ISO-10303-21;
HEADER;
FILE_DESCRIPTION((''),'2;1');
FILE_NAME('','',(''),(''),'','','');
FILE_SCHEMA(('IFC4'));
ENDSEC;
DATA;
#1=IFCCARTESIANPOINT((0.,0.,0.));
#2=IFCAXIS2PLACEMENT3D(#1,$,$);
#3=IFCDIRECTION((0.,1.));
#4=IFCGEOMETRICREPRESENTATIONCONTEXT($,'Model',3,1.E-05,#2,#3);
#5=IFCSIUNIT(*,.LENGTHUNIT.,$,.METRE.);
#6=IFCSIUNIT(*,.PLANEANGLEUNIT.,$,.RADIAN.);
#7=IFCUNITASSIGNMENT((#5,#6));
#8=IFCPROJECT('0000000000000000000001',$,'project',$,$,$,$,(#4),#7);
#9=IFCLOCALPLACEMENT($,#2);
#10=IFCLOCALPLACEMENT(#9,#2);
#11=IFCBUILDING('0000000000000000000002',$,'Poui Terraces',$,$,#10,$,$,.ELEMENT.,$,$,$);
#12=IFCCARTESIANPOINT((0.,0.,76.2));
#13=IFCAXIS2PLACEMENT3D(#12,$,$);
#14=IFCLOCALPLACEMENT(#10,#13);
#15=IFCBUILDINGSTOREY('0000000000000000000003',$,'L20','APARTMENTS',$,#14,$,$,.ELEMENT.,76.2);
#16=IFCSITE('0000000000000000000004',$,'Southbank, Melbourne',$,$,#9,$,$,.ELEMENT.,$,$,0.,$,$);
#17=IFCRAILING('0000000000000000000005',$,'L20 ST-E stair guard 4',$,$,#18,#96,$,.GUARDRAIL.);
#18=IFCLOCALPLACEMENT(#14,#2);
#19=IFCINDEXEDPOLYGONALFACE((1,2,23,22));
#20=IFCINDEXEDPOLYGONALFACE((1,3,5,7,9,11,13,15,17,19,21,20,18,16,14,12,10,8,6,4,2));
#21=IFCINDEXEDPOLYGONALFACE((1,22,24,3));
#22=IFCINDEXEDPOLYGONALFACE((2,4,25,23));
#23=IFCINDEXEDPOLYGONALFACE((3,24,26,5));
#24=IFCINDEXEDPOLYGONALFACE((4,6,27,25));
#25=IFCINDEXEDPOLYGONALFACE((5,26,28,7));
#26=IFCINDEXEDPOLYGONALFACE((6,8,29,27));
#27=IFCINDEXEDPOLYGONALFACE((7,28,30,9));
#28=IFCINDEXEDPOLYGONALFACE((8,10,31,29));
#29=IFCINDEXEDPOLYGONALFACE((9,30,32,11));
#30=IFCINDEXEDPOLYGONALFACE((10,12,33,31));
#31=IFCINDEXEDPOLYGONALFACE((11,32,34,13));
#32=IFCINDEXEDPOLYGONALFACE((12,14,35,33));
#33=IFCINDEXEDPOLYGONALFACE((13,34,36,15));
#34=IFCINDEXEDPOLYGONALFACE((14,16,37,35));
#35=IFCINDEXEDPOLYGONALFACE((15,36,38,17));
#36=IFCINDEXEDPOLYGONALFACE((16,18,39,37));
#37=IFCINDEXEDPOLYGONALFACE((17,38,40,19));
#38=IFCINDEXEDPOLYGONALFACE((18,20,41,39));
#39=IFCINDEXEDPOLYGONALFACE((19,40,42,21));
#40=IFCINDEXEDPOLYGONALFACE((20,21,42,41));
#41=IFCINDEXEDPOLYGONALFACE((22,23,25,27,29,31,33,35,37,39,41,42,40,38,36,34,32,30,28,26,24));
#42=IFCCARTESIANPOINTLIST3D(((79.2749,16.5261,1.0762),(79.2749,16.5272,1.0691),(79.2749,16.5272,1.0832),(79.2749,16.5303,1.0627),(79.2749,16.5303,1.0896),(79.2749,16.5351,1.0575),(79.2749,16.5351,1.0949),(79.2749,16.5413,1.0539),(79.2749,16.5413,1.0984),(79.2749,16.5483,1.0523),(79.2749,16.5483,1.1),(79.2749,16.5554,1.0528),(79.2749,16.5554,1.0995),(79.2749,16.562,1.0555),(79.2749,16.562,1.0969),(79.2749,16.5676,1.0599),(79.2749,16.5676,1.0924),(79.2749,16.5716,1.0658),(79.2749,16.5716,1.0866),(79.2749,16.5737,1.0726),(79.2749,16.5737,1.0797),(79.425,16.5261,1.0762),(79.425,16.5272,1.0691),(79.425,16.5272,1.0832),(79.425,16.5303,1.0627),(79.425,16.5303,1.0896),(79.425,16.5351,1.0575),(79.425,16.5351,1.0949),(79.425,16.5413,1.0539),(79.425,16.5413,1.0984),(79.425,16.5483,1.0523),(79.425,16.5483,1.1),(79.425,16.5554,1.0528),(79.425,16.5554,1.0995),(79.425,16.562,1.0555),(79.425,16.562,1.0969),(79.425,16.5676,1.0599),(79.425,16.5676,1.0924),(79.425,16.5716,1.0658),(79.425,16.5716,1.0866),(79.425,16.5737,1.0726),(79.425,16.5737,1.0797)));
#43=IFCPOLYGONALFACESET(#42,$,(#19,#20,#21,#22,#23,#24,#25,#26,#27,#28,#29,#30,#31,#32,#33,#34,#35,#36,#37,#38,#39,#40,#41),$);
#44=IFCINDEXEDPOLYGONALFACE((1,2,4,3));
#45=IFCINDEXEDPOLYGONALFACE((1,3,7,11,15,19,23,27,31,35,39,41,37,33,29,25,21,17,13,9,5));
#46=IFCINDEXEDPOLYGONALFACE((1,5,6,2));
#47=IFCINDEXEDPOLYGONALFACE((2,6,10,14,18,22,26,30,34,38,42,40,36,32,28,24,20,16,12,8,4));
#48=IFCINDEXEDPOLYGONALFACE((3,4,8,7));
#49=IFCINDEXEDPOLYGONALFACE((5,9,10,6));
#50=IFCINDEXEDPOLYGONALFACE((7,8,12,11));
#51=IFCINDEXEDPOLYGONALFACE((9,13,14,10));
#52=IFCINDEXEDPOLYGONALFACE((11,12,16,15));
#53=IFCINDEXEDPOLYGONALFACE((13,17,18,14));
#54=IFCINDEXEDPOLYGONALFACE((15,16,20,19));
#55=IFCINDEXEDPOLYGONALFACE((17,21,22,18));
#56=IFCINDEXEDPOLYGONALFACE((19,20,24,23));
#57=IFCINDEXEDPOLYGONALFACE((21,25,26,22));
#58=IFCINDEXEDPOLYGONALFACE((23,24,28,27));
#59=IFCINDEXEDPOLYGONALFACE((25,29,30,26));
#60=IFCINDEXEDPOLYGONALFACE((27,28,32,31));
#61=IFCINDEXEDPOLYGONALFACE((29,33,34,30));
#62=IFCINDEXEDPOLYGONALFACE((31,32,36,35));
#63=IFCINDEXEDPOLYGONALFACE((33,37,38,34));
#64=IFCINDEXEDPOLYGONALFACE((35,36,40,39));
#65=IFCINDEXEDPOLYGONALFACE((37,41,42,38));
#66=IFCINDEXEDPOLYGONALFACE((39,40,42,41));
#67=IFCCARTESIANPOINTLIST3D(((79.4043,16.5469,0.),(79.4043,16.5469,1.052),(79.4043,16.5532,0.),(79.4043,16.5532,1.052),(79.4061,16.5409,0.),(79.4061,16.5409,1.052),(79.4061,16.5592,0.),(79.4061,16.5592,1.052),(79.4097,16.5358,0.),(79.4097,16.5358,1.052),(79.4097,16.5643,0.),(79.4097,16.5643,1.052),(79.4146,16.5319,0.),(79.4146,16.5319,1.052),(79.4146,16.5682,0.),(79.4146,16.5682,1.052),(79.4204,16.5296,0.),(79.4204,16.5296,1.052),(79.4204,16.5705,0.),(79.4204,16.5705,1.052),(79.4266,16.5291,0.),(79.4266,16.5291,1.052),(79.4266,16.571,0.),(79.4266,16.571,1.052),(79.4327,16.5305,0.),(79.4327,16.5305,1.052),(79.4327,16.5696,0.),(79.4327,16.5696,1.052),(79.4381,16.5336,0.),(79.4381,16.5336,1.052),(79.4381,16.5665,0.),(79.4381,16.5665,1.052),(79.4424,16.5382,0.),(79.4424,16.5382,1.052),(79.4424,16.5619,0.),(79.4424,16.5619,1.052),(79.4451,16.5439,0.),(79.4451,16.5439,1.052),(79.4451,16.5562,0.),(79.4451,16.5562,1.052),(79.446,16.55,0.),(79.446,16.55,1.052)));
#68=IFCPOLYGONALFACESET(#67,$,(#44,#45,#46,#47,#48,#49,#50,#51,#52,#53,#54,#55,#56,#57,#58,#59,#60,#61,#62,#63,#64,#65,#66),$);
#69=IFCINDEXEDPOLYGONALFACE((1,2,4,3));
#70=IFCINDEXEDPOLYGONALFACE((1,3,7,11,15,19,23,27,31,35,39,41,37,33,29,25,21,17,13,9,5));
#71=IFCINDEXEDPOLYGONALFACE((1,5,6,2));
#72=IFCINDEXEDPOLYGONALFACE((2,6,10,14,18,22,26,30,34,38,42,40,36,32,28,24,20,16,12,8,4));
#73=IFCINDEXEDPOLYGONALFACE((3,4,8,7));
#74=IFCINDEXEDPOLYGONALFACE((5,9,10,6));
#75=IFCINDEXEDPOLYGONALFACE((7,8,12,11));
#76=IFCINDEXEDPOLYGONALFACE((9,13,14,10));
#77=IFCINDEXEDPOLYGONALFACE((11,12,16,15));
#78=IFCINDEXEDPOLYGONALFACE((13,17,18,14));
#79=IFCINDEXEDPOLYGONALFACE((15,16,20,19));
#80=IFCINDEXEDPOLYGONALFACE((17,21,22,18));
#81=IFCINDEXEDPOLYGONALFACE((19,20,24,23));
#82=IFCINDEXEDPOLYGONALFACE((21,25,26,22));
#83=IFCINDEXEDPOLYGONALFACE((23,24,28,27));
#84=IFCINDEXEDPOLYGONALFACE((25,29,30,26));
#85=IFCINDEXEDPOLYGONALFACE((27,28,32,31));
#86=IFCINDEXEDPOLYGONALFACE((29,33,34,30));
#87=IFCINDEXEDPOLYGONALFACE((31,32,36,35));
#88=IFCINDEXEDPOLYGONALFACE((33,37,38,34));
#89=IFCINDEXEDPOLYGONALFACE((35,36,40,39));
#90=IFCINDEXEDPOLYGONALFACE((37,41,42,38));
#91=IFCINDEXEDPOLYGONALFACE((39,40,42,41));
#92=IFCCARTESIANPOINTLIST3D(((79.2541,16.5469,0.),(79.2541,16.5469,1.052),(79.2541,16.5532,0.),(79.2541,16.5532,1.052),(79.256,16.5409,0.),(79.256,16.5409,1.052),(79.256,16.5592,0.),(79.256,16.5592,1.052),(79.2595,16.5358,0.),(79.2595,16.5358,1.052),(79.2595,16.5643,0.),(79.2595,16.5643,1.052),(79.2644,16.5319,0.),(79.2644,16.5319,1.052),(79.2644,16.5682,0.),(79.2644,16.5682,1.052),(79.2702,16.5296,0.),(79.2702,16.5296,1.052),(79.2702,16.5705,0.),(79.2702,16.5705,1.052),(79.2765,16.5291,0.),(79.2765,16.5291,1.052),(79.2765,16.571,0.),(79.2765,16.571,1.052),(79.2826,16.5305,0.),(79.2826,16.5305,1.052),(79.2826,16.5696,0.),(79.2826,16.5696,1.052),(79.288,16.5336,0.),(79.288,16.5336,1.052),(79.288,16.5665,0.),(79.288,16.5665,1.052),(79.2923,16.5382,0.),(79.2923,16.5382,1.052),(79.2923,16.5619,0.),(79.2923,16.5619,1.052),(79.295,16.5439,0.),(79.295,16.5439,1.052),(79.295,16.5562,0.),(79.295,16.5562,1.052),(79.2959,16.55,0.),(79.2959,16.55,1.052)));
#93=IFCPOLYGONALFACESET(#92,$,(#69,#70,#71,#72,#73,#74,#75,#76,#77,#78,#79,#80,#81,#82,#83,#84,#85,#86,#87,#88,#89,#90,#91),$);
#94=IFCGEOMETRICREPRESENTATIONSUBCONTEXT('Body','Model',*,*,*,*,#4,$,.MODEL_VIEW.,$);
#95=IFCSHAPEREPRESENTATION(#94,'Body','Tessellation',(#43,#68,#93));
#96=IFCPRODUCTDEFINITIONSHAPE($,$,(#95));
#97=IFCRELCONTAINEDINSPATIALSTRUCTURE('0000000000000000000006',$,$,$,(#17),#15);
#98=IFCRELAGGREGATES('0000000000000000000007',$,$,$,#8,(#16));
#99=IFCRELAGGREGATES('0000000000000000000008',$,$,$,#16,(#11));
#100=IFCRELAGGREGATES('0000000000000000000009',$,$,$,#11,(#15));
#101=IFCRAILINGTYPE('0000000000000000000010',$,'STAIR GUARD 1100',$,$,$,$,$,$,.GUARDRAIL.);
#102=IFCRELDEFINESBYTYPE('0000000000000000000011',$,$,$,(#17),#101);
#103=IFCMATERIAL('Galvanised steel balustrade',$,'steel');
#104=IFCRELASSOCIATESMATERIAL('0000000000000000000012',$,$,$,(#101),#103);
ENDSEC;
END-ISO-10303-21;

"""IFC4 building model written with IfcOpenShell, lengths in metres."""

from ifc_helpers import new_model, si_unit, direction, frame, origin, origin_2d, place, context, subcontext, project, spatial, circle, extrude, material, type_object, element, save


model = new_model("IFC4")

# Units and contexts
model_context = context("Model", 3, precision=1e-05, world=origin(), true_north=direction((0.0, 1.0)))
body_context = subcontext(model_context, "Body", "Model", "MODEL_VIEW")
ifc_project = project(units=[si_unit("LENGTHUNIT", "METRE"), si_unit("PLANEANGLEUNIT", "RADIAN")], contexts=[model_context])

# Site, building, storey
site_placement = place(None, origin())
site = spatial("IfcSite", under=ifc_project, at=site_placement, Name="Southbank, Melbourne", CompositionType="ELEMENT", RefElevation=0.0)
building_placement = place(site_placement, origin())
building = spatial("IfcBuilding", under=site, at=building_placement, Name="Poui Terraces", CompositionType="ELEMENT")
storey_placement = place(building_placement, frame((0.0, 0.0, 76.2)))
storey = spatial("IfcBuildingStorey", under=building, at=storey_placement, Name="L20", Description="APARTMENTS", CompositionType="ELEMENT", Elevation=76.2)

# Railing
ifc_material_1 = material(Name="Galvanised steel balustrade", Category="steel")
railing_type = type_object("IfcRailingType", Name="STAIR GUARD 1100", PredefinedType="GUARDRAIL", material=ifc_material_1)
railing_1_placement = place(storey_placement, frame((79.425, 16.55, 0.0)))
element("IfcRailing", 1, at=railing_1_placement, inside=storey, type_object=railing_type, Name="L20 ST-E stair guard 4", PredefinedType="GUARDRAIL", context=body_context, shape_type="SweptSolid", body=[
    extrude(circle(Radius=0.0239, at=origin_2d()), frame((0.0, 0.0, 1.0762), z_axis=(-1.0, 0.0, 0.0), x_axis=(0.0, -1.0, 0.0)), (0.0, 0.0, 1.0), 0.1501),
    extrude(circle(Radius=0.021, at=origin_2d()), origin(), (0.0, 0.0, 1.0), 1.052),
    extrude(circle(Radius=0.021, at=origin_2d()), frame((-0.1501, 0.0, 0.0)), (0.0, 0.0, 1.0), 1.052),
])

save(model, "model.ifc")
